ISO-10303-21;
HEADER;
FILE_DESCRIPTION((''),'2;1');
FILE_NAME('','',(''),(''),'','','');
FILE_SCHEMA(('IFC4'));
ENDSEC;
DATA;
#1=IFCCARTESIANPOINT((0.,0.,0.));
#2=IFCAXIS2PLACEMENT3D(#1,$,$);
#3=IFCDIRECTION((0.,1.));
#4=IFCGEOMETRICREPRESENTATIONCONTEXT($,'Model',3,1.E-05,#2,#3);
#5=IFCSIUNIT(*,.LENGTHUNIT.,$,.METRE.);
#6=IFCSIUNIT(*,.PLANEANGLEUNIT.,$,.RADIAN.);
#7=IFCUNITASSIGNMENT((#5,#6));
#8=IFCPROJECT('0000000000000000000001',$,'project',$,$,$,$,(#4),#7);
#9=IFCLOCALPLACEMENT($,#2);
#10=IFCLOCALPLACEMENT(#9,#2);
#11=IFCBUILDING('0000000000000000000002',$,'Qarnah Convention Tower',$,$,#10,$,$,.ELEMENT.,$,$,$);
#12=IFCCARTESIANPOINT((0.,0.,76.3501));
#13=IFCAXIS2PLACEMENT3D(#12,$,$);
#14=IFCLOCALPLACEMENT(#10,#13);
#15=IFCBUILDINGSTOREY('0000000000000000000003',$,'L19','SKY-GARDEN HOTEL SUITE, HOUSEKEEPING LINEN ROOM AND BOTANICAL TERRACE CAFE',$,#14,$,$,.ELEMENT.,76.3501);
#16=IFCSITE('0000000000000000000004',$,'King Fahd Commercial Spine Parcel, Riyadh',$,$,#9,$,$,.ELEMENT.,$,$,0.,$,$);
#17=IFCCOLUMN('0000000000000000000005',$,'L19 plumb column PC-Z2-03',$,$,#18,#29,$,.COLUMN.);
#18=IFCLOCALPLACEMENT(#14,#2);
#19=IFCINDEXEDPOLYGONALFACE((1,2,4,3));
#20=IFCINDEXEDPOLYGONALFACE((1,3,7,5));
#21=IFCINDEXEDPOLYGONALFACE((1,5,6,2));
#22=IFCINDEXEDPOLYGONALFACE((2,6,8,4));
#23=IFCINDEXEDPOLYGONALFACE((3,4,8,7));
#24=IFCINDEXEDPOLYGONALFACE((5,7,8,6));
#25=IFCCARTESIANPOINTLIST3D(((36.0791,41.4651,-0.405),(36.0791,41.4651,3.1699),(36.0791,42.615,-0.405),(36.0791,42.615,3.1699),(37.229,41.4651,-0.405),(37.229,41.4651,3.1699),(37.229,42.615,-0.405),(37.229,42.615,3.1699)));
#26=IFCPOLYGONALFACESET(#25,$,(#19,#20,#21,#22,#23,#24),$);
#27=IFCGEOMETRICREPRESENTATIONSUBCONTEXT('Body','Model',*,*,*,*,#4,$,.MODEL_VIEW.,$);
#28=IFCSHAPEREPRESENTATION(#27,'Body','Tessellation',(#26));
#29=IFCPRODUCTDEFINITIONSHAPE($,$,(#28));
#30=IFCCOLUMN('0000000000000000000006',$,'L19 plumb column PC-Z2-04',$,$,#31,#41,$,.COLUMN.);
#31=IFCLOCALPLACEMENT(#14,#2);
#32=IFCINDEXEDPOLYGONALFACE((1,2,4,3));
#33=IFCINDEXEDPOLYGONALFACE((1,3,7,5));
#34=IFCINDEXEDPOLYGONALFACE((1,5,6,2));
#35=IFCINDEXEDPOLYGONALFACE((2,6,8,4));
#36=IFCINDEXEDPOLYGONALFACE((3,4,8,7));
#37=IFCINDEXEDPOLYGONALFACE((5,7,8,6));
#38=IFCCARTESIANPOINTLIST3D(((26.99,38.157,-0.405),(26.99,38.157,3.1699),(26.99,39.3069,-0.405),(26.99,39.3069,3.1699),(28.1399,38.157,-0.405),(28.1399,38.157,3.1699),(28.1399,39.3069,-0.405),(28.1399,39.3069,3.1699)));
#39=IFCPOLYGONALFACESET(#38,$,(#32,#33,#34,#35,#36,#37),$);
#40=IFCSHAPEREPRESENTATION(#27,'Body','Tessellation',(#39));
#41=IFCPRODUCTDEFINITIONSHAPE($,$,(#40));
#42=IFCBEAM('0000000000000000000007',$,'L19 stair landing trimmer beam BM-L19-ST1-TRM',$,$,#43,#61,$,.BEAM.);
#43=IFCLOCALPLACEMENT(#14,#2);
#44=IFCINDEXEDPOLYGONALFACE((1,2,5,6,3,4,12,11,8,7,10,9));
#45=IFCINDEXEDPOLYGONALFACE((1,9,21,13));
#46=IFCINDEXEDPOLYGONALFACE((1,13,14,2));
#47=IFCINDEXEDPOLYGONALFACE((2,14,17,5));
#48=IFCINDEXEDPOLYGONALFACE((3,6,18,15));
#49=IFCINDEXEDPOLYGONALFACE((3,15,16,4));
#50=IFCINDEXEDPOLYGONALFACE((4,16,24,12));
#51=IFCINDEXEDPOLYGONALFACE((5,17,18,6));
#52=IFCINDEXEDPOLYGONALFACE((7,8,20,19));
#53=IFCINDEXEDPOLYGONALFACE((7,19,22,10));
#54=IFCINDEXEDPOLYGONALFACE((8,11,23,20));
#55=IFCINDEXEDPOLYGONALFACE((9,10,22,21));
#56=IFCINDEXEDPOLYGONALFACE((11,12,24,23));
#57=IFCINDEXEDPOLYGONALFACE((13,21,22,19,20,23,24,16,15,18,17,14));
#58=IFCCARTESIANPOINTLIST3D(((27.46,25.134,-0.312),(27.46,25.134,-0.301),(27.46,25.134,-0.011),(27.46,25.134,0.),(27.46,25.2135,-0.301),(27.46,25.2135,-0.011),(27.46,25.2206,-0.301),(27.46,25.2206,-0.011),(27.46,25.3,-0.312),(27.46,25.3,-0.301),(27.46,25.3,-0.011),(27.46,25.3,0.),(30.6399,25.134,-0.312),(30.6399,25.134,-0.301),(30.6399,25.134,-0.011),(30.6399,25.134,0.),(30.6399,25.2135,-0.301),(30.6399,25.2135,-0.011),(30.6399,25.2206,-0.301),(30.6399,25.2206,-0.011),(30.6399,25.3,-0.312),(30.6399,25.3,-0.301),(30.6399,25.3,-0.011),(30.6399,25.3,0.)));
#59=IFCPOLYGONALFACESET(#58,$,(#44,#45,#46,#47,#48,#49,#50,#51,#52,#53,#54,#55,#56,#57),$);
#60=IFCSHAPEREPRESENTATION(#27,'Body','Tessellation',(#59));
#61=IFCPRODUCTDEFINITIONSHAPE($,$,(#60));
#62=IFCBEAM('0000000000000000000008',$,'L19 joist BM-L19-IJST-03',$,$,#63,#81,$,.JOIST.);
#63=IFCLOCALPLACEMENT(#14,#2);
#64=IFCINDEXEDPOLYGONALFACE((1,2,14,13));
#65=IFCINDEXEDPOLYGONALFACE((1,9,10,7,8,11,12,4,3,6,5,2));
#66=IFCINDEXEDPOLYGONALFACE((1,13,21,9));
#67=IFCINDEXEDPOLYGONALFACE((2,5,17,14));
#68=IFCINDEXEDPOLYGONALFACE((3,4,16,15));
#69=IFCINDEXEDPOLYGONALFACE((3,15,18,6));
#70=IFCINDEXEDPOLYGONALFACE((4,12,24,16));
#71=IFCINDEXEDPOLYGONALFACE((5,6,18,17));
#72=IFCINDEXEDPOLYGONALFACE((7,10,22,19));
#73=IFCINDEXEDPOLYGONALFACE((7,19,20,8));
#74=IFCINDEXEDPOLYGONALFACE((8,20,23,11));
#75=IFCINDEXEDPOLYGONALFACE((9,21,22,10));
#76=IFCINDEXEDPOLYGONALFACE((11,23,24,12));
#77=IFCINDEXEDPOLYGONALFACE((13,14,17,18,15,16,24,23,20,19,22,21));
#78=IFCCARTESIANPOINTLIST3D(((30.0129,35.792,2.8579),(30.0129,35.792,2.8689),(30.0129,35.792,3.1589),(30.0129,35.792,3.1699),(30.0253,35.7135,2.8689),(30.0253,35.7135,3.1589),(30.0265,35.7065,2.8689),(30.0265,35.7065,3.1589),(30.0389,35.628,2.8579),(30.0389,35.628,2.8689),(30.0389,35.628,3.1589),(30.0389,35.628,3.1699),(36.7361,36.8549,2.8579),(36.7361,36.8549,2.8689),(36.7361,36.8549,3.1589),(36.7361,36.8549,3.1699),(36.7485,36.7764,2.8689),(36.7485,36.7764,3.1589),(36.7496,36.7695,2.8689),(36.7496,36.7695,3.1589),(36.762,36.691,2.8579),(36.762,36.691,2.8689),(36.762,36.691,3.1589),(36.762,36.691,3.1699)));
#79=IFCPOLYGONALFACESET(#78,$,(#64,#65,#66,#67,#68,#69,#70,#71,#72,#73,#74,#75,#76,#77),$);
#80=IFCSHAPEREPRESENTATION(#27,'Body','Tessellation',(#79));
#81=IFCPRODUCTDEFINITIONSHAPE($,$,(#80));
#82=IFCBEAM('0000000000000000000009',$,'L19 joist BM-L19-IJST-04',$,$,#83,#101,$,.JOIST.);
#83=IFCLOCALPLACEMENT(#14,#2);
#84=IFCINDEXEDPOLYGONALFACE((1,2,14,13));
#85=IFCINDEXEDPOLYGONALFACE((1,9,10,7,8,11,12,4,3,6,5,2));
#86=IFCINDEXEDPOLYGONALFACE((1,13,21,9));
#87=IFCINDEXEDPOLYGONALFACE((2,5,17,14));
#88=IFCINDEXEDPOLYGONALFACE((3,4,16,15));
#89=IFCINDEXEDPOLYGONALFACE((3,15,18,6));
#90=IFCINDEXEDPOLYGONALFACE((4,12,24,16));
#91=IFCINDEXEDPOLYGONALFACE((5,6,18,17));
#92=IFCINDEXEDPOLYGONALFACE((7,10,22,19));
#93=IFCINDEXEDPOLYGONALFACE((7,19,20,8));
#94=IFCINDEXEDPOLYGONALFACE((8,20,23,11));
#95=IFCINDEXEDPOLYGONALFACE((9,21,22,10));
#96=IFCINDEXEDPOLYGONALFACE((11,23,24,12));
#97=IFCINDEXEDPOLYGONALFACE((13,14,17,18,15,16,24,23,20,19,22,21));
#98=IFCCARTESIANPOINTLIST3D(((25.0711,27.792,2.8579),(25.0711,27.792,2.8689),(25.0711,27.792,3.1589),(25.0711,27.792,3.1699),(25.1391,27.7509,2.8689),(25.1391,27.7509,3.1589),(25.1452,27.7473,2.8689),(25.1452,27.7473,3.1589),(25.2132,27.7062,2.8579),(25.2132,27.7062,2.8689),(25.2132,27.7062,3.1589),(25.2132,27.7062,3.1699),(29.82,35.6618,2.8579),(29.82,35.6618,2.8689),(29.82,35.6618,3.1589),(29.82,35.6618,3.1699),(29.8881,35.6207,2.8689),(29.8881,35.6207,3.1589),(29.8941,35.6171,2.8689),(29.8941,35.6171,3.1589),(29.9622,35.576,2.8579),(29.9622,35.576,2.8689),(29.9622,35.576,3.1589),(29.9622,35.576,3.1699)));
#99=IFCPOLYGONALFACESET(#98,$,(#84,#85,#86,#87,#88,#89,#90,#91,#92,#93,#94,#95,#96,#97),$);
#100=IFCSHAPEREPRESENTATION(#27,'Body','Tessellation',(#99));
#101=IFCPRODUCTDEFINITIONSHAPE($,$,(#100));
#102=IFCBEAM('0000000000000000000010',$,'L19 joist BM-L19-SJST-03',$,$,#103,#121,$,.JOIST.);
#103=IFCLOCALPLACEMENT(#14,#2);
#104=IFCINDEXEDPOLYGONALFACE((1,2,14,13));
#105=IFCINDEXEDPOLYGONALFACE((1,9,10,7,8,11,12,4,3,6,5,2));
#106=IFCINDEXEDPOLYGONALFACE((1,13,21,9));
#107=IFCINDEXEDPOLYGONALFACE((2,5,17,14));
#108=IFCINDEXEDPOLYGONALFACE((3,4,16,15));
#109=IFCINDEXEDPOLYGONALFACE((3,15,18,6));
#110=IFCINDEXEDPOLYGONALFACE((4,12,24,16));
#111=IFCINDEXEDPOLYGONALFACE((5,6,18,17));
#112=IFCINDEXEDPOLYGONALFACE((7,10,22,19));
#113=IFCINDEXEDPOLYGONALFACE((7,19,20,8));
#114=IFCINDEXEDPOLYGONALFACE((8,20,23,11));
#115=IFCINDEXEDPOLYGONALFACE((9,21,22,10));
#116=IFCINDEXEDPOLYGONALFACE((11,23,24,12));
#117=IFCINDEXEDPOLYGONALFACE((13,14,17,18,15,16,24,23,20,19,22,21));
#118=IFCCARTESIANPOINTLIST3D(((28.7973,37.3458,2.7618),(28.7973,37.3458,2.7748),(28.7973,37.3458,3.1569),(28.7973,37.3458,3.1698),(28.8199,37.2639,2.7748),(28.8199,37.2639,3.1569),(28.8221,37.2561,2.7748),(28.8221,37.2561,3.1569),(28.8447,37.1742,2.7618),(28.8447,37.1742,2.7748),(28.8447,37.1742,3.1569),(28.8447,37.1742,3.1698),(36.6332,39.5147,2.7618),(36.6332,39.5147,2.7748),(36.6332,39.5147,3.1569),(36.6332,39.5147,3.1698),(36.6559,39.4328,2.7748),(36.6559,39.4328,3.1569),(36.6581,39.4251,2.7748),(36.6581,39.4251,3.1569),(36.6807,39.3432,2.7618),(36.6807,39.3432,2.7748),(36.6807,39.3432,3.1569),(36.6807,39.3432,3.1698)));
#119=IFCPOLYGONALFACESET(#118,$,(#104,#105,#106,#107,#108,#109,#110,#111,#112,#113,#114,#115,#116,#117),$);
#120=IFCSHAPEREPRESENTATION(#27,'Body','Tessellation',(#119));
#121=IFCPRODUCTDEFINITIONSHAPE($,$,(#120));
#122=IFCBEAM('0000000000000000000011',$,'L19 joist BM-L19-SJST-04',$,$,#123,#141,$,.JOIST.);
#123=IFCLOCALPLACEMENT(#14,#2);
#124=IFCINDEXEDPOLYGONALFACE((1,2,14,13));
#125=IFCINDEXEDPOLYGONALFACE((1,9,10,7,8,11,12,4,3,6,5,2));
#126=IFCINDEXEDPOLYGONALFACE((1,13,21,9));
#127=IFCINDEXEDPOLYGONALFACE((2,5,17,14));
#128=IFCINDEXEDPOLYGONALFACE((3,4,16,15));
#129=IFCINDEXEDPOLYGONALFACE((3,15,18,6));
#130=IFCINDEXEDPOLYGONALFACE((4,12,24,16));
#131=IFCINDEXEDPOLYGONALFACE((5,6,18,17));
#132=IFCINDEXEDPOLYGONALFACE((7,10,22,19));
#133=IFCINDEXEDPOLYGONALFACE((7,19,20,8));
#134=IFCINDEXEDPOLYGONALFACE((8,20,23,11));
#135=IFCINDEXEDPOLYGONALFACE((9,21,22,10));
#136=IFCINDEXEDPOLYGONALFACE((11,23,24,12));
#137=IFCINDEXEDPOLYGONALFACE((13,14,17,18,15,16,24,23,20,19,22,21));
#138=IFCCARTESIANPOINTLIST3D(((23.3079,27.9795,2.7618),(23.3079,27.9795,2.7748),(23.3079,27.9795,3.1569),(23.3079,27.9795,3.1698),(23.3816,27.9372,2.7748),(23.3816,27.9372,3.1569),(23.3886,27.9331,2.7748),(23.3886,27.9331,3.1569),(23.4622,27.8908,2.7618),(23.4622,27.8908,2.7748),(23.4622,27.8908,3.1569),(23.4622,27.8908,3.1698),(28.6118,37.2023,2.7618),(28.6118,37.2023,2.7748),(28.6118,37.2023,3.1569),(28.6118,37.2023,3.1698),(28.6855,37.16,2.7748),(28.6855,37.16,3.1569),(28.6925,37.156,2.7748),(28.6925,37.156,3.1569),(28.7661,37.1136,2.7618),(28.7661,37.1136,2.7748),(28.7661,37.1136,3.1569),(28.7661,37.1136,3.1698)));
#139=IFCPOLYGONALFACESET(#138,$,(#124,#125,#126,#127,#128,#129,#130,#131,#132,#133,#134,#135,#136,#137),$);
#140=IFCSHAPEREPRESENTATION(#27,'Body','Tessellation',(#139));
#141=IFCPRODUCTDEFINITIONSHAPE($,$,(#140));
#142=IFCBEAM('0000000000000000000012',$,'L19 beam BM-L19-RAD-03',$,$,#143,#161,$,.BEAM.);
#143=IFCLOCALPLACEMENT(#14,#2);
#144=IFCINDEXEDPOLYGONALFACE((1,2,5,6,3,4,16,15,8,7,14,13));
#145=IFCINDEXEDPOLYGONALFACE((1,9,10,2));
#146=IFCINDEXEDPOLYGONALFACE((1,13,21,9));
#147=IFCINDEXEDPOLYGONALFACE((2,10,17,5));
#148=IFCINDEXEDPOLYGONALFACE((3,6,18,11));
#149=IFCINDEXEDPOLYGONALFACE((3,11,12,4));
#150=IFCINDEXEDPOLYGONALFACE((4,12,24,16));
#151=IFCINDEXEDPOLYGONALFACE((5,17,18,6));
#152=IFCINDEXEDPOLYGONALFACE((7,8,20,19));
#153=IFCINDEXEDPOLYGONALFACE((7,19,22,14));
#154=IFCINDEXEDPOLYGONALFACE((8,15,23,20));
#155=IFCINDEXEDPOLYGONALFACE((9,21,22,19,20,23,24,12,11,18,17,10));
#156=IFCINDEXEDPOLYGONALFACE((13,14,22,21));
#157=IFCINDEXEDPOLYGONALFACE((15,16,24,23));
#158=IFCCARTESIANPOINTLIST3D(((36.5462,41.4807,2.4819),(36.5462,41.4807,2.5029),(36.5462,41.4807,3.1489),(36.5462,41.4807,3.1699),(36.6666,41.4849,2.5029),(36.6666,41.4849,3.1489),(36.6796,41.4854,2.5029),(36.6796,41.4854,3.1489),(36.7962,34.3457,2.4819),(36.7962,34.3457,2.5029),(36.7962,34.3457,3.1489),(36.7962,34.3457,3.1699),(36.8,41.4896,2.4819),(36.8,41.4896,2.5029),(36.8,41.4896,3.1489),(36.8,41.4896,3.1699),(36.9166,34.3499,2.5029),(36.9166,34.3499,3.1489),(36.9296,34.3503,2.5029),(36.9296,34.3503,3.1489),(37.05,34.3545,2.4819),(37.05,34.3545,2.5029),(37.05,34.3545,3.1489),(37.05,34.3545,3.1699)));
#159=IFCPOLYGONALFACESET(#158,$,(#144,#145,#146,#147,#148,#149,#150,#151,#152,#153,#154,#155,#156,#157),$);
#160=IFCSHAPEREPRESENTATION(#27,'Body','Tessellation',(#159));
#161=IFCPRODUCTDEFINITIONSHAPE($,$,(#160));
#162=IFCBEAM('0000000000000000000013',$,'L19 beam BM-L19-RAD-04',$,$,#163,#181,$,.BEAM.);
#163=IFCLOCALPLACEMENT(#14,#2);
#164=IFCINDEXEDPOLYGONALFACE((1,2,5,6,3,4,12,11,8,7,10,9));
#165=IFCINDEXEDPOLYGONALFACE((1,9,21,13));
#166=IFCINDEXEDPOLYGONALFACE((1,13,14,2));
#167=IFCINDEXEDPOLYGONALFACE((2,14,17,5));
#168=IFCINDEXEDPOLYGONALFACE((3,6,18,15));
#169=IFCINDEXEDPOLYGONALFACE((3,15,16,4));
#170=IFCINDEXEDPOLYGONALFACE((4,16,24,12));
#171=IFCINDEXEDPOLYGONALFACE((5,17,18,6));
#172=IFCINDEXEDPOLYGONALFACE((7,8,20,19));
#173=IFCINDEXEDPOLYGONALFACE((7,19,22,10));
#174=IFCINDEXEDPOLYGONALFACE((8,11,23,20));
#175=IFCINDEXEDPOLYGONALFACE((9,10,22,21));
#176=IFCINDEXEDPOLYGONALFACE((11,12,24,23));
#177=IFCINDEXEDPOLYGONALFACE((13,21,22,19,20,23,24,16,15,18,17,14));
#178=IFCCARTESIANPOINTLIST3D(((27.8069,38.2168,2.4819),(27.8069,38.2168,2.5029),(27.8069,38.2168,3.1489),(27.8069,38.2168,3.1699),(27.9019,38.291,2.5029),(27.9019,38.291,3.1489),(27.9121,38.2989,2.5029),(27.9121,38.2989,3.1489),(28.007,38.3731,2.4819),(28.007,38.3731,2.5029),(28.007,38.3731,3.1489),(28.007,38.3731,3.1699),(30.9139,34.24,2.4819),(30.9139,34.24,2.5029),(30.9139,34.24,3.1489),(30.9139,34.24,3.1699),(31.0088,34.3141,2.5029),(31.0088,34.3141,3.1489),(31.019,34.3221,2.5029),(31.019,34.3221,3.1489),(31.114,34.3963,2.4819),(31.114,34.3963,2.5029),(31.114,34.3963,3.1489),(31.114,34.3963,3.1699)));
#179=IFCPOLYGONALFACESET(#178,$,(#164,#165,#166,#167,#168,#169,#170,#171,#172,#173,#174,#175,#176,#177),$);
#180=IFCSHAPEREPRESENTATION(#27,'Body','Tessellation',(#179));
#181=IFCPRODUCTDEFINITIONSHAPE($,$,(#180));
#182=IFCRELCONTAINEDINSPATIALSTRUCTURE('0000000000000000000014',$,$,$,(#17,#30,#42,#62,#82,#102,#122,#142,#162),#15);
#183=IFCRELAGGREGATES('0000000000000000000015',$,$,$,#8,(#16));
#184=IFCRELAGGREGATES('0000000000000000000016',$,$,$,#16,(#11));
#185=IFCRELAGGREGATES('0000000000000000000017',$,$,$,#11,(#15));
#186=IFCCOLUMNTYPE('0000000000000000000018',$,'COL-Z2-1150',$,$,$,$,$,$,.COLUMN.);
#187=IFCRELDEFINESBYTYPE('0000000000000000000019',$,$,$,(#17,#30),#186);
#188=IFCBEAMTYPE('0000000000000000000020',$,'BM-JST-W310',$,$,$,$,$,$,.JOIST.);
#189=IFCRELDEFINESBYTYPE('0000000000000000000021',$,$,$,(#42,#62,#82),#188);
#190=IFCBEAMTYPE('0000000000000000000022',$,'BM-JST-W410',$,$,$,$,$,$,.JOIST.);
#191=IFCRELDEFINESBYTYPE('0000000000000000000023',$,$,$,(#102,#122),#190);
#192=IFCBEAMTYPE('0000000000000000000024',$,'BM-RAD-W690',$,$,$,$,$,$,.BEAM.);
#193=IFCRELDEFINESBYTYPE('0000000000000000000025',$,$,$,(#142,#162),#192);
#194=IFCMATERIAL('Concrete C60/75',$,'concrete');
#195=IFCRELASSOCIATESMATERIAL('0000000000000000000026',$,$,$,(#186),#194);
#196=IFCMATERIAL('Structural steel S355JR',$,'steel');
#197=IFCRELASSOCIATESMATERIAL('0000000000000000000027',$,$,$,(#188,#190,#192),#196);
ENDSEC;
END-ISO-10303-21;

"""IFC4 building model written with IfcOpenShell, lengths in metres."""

from ifc_helpers import new_model, si_unit, direction, frame, origin, origin_2d, place, context, subcontext, project, spatial, rectangle, i_section, extrude, material, material_profile, profile_set, type_object, element, save


model = new_model("IFC4")

# Units and contexts
model_context = context("Model", 3, precision=1e-05, world=origin(), true_north=direction((0.0, 1.0)))
body_context = subcontext(model_context, "Body", "Model", "MODEL_VIEW")
ifc_project = project(units=[si_unit("LENGTHUNIT", "METRE"), si_unit("PLANEANGLEUNIT", "RADIAN")], contexts=[model_context])

# Site, building, storey
site_placement = place(None, origin())
site = spatial("IfcSite", under=ifc_project, at=site_placement, Name="King Fahd Commercial Spine Parcel, Riyadh", CompositionType="ELEMENT", RefElevation=0.0)
building_placement = place(site_placement, origin())
building = spatial("IfcBuilding", under=site, at=building_placement, Name="Qarnah Convention Tower", CompositionType="ELEMENT")
storey_placement = place(building_placement, frame((0.0, 0.0, 76.3501)))
storey = spatial("IfcBuildingStorey", under=building, at=storey_placement, Name="L19", Description="SKY-GARDEN HOTEL SUITE, HOUSEKEEPING LINEN ROOM AND BOTANICAL TERRACE CAFE", CompositionType="ELEMENT", Elevation=76.3501)

# Columns
ifc_material_1 = material(Name="Concrete C60/75", Category="concrete")
ifc_material_profile_1 = material_profile(ifc_material_1, rectangle(XDim=1.1499, YDim=1.1499, at=origin_2d()), Name="RC-COL-1150X1150")
ifc_profile_set_1 = profile_set([ifc_material_profile_1], Name="Concrete C60/75")
column_type = type_object("IfcColumnType", Name="COL-Z2-1150", PredefinedType="COLUMN", material=ifc_profile_set_1)
for number, where, z_axis, x_axis, name in (
    (1, (36.6541, 42.04, -0.405), (0.0, 0.0, 1.0), (1.0, 0.0, 0.0), "L19 plumb column PC-Z2-03"),
    (2, (27.5649, 38.7319, -0.405), (0.0, 0.0, 1.0), (1.0, 0.0, 0.0), "L19 plumb column PC-Z2-04"),
):
    element("IfcColumn", number, at=place(storey_placement, frame(where, z_axis=z_axis, x_axis=x_axis)), inside=storey, type_object=column_type, Name=name, PredefinedType="COLUMN", context=body_context, shape_type="SweptSolid", body=[
        extrude(rectangle(XDim=1.1499, YDim=1.1499, at=origin_2d()), origin(), (0.0, 0.0, 1.0), 3.575),
    ])

# Beams
ifc_material_2 = material(Name="Structural steel S355JR", Category="steel")
ifc_material_profile_2 = material_profile(ifc_material_2, i_section(OverallWidth=0.166, OverallDepth=0.312, WebThickness=0.0071, FlangeThickness=0.011, at=origin_2d()), Name="W310X45")
ifc_profile_set_2 = profile_set([ifc_material_profile_2], Name="Structural steel S355JR")
beam_type_1 = type_object("IfcBeamType", Name="BM-JST-W310", PredefinedType="JOIST", material=ifc_profile_set_2)
beam_1_placement = place(storey_placement, frame((27.46, 25.217, -0.156), z_axis=(1.0, 0.0, 0.0), x_axis=(0.0, 1.0, 0.0)))
element("IfcBeam", 3, at=beam_1_placement, inside=storey, type_object=beam_type_1, Name="L19 stair landing trimmer beam BM-L19-ST1-TRM", PredefinedType="BEAM", context=body_context, shape_type="SweptSolid", body=[
    extrude(i_section(OverallWidth=0.166, OverallDepth=0.312, WebThickness=0.0071, FlangeThickness=0.011, at=origin_2d()), origin(), (0.0, 0.0, 1.0), 3.1799),
])
beam_2_placement = place(storey_placement, frame((36.749, 36.7729, 3.0139), z_axis=(-0.98773, -0.156169, 0.0), x_axis=(0.156169, -0.98773, 0.0)))
element("IfcBeam", 4, at=beam_2_placement, inside=storey, type_object=beam_type_1, Name="L19 joist BM-L19-IJST-03", PredefinedType="JOIST", context=body_context, shape_type="SweptSolid", body=[
    extrude(i_section(OverallWidth=0.166, OverallDepth=0.312, WebThickness=0.0071, FlangeThickness=0.011, at=origin_2d()), origin(), (0.0, 0.0, 1.0), 6.8066),
])
beam_3_placement = place(storey_placement, frame((29.8911, 35.6189, 3.0139), z_axis=(-0.516662, -0.856189, 0.0), x_axis=(0.856189, -0.516662, 0.0)))
element("IfcBeam", 5, at=beam_3_placement, inside=storey, type_object=beam_type_1, Name="L19 joist BM-L19-IJST-04", PredefinedType="JOIST", context=body_context, shape_type="SweptSolid", body=[
    extrude(i_section(OverallWidth=0.166, OverallDepth=0.312, WebThickness=0.0071, FlangeThickness=0.011, at=origin_2d()), origin(), (0.0, 0.0, 1.0), 9.1917),
])
ifc_material_profile_3 = material_profile(ifc_material_2, i_section(OverallWidth=0.178, OverallDepth=0.408, WebThickness=0.0081, FlangeThickness=0.0129, at=origin_2d()), Name="W410X60")
ifc_profile_set_3 = profile_set([ifc_material_profile_3], Name="Structural steel S355JR")
beam_type_2 = type_object("IfcBeamType", Name="BM-JST-W410", PredefinedType="JOIST", material=ifc_profile_set_3)
beam_4_placement = place(storey_placement, frame((36.657, 39.429, 2.9658), z_axis=(-0.963762, -0.266764, 0.0), x_axis=(0.266764, -0.963762, 0.0)))
element("IfcBeam", 6, at=beam_4_placement, inside=storey, type_object=beam_type_2, Name="L19 joist BM-L19-SJST-03", PredefinedType="JOIST", context=body_context, shape_type="SweptSolid", body=[
    extrude(i_section(OverallWidth=0.178, OverallDepth=0.408, WebThickness=0.0081, FlangeThickness=0.0129, at=origin_2d()), origin(), (0.0, 0.0, 1.0), 8.1306),
])
beam_5_placement = place(storey_placement, frame((28.689, 37.158, 2.9658), z_axis=(-0.498527, -0.866874, 0.0), x_axis=(0.866874, -0.498527, 0.0)))
element("IfcBeam", 7, at=beam_5_placement, inside=storey, type_object=beam_type_2, Name="L19 joist BM-L19-SJST-04", PredefinedType="JOIST", context=body_context, shape_type="SweptSolid", body=[
    extrude(i_section(OverallWidth=0.178, OverallDepth=0.408, WebThickness=0.0081, FlangeThickness=0.0129, at=origin_2d()), origin(), (0.0, 0.0, 1.0), 10.6392),
])
ifc_material_profile_4 = material_profile(ifc_material_2, i_section(OverallWidth=0.2539, OverallDepth=0.688, WebThickness=0.0129, FlangeThickness=0.021, at=origin_2d()), Name="W690X152")
ifc_profile_set_4 = profile_set([ifc_material_profile_4], Name="Structural steel S355JR")
beam_type_3 = type_object("IfcBeamType", Name="BM-RAD-W690", PredefinedType="BEAM", material=ifc_profile_set_4)
beam_6_placement = place(storey_placement, frame((36.9231, 34.3501, 2.8259), z_axis=(-0.035017, 0.999387, 0.0), x_axis=(-0.999387, -0.035017, 0.0)))
element("IfcBeam", 8, at=beam_6_placement, inside=storey, type_object=beam_type_3, Name="L19 beam BM-L19-RAD-03", PredefinedType="BEAM", context=body_context, shape_type="SweptSolid", body=[
    extrude(i_section(OverallWidth=0.2539, OverallDepth=0.688, WebThickness=0.0129, FlangeThickness=0.021, at=origin_2d()), origin(), (0.0, 0.0, 1.0), 7.1394),
])
beam_7_placement = place(storey_placement, frame((31.0139, 34.3181, 2.8259), z_axis=(-0.615651, 0.788019, 0.0), x_axis=(-0.788019, -0.615651, 0.0)))
element("IfcBeam", 9, at=beam_7_placement, inside=storey, type_object=beam_type_3, Name="L19 beam BM-L19-RAD-04", PredefinedType="BEAM", context=body_context, shape_type="SweptSolid", body=[
    extrude(i_section(OverallWidth=0.2539, OverallDepth=0.688, WebThickness=0.0129, FlangeThickness=0.021, at=origin_2d()), origin(), (0.0, 0.0, 1.0), 5.0466),
])

save(model, "model.ifc")
